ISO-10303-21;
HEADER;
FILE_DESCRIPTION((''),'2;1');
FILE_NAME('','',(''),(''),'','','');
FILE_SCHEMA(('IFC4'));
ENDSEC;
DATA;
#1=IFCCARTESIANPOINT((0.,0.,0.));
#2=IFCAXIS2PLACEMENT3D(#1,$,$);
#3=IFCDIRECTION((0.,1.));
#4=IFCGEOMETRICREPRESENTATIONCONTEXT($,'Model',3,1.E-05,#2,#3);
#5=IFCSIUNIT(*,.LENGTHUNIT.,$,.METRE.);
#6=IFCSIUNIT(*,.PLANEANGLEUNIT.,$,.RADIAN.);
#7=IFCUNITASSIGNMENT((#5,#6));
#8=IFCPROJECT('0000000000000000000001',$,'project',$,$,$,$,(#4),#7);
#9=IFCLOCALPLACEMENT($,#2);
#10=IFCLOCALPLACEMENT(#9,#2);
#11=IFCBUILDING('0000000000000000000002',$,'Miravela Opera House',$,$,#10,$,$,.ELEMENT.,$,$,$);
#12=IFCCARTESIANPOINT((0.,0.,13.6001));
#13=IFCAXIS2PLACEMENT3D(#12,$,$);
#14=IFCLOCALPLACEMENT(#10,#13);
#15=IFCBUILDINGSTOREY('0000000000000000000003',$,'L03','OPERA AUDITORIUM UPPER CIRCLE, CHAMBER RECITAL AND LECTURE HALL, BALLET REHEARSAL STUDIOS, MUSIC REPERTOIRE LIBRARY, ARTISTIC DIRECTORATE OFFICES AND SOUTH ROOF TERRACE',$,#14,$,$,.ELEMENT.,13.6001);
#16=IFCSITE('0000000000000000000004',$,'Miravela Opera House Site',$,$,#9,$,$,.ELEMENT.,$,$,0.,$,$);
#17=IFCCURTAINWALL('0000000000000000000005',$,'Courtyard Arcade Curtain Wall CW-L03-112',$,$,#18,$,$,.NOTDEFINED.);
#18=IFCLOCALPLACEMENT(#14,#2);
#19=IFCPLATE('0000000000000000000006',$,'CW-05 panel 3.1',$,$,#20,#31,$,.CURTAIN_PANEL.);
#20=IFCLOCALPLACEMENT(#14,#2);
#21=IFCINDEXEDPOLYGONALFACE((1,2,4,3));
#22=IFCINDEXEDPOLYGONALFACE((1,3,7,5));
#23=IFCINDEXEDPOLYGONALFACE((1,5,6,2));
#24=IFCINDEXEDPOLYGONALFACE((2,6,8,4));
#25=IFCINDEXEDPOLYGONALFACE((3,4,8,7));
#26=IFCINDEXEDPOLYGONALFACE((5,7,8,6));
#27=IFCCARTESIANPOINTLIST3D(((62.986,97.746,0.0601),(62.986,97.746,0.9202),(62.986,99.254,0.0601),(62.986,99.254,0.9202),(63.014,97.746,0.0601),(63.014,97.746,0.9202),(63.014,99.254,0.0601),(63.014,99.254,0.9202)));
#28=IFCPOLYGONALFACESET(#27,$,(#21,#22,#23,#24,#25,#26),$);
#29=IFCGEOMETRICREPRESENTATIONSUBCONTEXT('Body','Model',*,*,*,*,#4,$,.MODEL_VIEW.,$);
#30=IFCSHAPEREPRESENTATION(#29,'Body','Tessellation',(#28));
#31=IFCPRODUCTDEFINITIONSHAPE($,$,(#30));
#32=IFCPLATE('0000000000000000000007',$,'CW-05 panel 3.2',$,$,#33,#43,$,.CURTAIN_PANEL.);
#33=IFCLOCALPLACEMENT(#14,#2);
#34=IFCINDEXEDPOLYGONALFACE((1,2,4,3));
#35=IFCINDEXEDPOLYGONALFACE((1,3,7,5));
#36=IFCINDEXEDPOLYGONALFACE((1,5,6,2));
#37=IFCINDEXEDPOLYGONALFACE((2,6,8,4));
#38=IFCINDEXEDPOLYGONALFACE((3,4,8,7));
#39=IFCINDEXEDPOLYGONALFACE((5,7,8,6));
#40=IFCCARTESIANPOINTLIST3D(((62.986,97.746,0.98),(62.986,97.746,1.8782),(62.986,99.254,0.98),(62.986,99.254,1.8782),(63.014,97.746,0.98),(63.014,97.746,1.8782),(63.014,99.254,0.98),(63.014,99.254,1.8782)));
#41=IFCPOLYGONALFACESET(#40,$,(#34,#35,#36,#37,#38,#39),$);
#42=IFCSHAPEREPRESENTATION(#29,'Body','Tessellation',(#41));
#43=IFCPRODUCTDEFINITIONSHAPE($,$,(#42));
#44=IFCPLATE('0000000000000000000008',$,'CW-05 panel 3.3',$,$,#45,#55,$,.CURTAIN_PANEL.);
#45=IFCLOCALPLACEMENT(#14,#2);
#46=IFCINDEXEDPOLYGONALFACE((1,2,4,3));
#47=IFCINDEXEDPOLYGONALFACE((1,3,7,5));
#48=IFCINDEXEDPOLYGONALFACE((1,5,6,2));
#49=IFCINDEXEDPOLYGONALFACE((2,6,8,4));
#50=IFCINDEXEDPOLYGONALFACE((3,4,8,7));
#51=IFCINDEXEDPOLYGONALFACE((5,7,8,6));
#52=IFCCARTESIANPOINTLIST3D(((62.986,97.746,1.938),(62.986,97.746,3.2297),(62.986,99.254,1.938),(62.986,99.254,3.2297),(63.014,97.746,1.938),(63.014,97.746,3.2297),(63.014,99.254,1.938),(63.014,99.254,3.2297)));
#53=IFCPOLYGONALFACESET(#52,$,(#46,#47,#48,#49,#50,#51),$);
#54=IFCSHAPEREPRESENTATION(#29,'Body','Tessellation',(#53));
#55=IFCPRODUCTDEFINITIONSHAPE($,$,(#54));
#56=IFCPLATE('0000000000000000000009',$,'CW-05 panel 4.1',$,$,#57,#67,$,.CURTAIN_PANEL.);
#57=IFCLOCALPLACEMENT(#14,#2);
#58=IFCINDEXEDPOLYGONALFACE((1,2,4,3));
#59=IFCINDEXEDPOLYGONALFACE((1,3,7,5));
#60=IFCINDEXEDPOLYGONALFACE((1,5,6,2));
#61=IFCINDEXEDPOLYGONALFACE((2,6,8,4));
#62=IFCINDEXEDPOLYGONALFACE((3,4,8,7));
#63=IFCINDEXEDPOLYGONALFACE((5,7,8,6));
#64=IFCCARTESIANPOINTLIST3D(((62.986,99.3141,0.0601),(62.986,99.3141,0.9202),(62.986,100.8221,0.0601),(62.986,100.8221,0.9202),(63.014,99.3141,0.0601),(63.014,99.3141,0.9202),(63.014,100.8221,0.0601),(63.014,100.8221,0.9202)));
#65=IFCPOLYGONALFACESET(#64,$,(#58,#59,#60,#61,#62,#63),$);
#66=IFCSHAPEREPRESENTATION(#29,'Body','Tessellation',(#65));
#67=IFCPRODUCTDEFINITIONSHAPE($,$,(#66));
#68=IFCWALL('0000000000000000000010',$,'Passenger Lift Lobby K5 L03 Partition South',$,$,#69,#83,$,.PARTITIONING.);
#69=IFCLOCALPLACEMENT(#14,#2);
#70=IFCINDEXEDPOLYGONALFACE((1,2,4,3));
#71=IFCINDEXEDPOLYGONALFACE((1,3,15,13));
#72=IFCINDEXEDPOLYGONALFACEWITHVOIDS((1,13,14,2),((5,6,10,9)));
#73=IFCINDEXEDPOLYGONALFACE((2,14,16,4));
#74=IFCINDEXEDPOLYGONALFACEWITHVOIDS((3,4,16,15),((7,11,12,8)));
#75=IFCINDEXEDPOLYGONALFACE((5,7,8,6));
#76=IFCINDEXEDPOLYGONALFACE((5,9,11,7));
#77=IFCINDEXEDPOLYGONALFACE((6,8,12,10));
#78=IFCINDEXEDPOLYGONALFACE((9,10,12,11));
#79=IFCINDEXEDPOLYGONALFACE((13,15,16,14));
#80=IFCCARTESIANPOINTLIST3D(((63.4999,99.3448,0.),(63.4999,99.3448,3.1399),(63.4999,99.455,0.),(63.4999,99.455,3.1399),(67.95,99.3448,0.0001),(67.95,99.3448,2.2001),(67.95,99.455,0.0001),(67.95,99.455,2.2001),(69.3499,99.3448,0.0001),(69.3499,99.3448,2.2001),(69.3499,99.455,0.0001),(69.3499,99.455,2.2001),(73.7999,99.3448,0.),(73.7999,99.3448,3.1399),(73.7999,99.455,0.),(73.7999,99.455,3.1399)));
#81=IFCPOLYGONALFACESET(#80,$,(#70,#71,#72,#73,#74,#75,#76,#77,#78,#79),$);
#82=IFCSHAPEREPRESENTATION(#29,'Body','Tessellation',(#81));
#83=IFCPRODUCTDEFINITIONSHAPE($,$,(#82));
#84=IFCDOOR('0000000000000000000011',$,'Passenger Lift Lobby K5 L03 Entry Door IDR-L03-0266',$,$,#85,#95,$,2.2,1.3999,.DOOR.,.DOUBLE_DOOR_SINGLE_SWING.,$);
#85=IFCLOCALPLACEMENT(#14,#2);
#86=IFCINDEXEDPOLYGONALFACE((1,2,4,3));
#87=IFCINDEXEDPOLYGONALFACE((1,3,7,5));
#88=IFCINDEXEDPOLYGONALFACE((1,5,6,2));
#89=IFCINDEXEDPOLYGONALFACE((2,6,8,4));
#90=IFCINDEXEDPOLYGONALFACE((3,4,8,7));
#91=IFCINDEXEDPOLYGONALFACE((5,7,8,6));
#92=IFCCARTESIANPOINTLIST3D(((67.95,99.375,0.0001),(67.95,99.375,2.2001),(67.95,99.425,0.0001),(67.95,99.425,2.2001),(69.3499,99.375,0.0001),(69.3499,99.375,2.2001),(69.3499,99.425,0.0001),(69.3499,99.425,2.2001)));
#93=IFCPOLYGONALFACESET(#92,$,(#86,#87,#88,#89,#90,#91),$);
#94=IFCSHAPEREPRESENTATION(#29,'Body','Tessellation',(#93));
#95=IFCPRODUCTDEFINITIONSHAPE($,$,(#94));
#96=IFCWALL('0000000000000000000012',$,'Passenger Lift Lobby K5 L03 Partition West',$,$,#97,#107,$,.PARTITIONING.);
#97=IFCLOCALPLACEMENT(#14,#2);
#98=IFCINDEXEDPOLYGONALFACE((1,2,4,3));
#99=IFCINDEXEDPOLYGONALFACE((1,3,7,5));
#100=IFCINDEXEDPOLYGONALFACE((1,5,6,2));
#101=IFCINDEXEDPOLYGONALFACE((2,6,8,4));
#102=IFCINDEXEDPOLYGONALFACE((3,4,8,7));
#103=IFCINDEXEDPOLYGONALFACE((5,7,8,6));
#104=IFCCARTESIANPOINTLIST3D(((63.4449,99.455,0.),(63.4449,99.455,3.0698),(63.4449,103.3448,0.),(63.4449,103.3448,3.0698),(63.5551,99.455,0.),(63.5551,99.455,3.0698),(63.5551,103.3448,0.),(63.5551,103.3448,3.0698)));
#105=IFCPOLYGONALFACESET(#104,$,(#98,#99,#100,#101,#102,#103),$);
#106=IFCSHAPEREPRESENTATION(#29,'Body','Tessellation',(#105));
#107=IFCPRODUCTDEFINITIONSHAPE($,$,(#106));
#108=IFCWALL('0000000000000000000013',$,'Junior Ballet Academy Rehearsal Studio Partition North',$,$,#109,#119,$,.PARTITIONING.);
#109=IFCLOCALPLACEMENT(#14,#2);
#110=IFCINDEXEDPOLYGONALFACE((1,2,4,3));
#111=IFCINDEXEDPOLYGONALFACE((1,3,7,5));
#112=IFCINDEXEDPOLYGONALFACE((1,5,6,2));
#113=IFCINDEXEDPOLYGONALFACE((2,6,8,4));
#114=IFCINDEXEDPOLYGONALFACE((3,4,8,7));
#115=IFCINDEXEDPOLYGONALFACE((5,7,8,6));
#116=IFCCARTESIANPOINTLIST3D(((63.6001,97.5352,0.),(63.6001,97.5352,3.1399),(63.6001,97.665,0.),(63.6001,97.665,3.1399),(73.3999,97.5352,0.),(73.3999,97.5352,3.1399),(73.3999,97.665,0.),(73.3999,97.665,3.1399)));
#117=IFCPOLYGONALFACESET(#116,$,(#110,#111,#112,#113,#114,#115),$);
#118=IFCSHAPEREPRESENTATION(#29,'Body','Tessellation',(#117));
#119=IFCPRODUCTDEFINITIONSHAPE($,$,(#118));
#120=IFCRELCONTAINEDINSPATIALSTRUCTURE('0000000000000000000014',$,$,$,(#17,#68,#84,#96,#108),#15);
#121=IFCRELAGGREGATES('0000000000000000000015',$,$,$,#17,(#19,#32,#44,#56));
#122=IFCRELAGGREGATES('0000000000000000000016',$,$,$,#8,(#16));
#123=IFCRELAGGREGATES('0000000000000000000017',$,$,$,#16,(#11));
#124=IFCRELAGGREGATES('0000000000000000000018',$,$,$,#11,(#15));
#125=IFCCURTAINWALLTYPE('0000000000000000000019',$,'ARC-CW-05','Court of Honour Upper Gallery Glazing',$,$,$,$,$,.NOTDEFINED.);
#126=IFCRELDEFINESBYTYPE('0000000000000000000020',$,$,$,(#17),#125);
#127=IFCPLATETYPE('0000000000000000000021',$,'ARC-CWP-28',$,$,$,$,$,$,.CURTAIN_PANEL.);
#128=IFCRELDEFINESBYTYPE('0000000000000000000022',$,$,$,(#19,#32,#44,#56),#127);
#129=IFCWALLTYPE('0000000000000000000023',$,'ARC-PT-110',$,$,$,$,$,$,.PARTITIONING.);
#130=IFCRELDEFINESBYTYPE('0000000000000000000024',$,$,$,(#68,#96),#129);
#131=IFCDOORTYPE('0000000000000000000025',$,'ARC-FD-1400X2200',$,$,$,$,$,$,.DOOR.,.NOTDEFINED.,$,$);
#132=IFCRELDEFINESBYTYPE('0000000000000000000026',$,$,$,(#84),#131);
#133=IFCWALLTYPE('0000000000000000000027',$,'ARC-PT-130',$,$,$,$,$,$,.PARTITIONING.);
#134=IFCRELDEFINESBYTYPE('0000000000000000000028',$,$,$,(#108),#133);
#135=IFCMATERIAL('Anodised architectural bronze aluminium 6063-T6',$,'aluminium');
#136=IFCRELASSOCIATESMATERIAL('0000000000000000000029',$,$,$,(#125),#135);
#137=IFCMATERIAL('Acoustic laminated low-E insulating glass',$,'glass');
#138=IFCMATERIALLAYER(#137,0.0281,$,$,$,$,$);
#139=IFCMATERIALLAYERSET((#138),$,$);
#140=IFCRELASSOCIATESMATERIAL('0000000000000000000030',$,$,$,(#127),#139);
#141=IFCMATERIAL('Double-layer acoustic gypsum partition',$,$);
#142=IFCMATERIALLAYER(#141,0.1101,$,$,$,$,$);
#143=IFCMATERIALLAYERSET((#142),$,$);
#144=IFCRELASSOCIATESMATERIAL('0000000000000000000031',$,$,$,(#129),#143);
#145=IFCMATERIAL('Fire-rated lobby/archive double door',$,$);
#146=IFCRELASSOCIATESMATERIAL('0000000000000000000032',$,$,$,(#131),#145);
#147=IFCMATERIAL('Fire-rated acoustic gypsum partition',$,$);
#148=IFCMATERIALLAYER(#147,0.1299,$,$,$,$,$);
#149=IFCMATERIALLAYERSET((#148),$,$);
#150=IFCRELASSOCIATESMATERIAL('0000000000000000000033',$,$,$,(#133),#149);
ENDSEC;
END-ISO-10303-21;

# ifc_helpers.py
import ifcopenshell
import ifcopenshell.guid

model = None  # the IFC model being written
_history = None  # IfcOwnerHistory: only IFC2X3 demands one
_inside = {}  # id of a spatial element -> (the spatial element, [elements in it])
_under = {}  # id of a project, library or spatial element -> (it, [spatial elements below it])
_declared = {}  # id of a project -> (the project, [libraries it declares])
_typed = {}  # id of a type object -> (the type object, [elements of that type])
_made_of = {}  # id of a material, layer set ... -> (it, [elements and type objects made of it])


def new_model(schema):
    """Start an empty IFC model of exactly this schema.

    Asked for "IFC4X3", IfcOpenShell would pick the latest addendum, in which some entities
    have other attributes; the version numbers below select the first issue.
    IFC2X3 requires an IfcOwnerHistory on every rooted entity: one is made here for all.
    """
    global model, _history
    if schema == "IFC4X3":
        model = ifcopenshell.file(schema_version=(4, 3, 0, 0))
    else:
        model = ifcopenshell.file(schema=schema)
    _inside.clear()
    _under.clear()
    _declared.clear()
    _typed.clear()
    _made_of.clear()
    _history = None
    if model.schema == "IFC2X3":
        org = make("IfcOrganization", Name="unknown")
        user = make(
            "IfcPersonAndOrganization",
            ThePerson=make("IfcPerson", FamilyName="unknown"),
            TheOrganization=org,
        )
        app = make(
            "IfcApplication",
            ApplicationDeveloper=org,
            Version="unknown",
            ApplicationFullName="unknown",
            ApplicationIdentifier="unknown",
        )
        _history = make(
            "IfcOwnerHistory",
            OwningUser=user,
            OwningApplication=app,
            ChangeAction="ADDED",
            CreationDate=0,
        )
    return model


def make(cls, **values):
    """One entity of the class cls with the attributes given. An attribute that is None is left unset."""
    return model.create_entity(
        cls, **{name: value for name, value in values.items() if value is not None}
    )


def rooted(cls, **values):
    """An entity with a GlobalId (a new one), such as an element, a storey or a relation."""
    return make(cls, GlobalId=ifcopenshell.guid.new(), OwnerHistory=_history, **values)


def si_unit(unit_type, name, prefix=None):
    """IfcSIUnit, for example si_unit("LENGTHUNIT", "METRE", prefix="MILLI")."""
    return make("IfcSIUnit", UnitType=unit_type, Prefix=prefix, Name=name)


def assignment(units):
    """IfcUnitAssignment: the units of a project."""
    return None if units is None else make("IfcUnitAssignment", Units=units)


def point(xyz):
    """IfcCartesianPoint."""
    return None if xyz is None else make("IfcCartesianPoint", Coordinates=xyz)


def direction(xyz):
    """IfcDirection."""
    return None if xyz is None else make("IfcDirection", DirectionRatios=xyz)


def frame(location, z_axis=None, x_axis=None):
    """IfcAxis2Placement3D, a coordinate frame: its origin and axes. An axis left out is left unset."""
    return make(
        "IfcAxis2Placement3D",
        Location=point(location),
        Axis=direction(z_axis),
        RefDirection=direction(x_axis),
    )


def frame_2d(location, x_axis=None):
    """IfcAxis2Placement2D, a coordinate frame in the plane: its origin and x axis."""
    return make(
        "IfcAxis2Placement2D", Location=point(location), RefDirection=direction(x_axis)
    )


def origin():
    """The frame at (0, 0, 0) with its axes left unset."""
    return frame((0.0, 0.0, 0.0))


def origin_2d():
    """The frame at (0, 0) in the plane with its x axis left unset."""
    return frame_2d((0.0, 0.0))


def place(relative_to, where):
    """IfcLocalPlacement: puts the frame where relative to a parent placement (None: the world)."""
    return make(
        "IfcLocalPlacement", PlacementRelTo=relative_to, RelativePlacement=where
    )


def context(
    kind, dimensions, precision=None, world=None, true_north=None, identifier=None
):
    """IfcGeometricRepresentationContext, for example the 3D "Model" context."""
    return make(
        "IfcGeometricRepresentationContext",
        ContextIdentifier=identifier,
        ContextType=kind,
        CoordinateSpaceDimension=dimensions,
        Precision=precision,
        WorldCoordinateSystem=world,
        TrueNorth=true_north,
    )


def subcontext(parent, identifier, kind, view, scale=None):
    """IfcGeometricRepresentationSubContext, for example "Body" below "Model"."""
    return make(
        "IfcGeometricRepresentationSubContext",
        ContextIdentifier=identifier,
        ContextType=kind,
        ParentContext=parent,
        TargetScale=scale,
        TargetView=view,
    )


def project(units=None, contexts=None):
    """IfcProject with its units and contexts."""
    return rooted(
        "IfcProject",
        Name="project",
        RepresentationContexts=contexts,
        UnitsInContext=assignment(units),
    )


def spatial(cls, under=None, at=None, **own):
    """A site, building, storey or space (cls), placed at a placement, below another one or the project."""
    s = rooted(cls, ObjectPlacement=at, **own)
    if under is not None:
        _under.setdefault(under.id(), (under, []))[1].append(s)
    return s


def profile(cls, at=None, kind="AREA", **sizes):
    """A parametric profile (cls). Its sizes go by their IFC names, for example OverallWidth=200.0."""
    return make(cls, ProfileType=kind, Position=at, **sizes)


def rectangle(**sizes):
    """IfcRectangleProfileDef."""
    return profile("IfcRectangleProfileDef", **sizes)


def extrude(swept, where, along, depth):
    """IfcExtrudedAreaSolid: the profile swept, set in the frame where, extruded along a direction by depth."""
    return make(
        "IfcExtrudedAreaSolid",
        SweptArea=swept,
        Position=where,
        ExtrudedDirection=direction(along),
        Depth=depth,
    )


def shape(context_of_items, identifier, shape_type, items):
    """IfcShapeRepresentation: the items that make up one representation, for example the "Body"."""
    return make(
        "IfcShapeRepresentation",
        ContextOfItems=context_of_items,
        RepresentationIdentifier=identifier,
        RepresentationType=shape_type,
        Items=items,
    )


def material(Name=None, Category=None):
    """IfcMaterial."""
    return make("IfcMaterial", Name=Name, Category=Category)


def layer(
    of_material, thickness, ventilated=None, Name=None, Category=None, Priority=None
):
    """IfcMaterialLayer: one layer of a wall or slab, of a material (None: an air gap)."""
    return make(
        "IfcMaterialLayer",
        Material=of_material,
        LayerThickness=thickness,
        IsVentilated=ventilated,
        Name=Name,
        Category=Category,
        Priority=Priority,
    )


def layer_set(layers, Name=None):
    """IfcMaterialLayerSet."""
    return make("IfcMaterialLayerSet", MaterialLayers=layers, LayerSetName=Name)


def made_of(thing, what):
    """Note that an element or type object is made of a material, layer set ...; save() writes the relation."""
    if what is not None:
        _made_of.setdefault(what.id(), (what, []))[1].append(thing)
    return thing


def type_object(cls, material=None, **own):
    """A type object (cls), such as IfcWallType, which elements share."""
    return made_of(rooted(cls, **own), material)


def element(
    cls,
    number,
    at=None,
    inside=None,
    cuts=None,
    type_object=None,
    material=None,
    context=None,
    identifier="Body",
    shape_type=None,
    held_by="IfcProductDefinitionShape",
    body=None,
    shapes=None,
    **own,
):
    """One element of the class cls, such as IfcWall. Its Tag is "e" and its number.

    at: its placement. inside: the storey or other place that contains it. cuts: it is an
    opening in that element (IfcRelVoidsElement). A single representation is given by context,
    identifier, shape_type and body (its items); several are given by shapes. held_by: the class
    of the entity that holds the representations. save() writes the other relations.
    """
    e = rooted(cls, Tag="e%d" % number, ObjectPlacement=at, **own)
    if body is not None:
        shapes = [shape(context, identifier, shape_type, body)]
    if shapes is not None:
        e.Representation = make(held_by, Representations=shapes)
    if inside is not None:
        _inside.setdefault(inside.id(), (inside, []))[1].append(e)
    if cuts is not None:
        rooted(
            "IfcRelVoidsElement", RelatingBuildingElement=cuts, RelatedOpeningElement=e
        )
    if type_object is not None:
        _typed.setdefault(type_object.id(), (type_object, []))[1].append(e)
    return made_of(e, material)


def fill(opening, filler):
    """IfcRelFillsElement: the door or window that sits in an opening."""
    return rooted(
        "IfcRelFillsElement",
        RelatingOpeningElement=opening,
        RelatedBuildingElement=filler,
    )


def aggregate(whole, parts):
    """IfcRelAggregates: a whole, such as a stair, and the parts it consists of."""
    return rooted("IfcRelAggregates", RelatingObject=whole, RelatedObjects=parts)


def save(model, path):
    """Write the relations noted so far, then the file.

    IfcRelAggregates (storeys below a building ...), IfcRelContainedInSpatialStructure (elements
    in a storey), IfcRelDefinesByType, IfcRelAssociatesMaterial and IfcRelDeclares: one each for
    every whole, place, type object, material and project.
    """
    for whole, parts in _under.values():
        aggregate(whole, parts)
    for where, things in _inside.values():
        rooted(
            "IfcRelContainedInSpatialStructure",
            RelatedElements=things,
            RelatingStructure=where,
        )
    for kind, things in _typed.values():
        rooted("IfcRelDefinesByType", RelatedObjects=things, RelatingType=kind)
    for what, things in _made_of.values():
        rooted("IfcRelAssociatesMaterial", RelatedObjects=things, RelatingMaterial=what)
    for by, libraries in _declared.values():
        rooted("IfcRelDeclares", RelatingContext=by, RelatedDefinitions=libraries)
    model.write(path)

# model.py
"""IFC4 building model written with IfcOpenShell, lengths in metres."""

from ifc_helpers import new_model, si_unit, direction, frame, frame_2d, origin, origin_2d, place, context, subcontext, project, spatial, rectangle, extrude, material, layer, layer_set, type_object, element, fill, aggregate, save


model = new_model("IFC4")

# Units and contexts
model_context = context("Model", 3, precision=1e-05, world=origin(), true_north=direction((0.0, 1.0)))
body_context = subcontext(model_context, "Body", "Model", "MODEL_VIEW")
ifc_project = project(units=[si_unit("LENGTHUNIT", "METRE"), si_unit("PLANEANGLEUNIT", "RADIAN")], contexts=[model_context])

# Site, building, storey
site_placement = place(None, origin())
site = spatial("IfcSite", under=ifc_project, at=site_placement, Name="Miravela Opera House Site", CompositionType="ELEMENT", RefElevation=0.0)
building_placement = place(site_placement, origin())
building = spatial("IfcBuilding", under=site, at=building_placement, Name="Miravela Opera House", CompositionType="ELEMENT")
storey_placement = place(building_placement, frame((0.0, 0.0, 13.6001)))
storey = spatial("IfcBuildingStorey", under=building, at=storey_placement, Name="L03", Description="OPERA AUDITORIUM UPPER CIRCLE, CHAMBER RECITAL AND LECTURE HALL, BALLET REHEARSAL STUDIOS, MUSIC REPERTOIRE LIBRARY, ARTISTIC DIRECTORATE OFFICES AND SOUTH ROOF TERRACE", CompositionType="ELEMENT", Elevation=13.6001)

# Curtain wall
ifc_material_1 = material(Name="Anodised architectural bronze aluminium 6063-T6", Category="aluminium")
curtain_wall_type = type_object("IfcCurtainWallType", Name="ARC-CW-05", Description="Court of Honour Upper Gallery Glazing", PredefinedType="NOTDEFINED", material=ifc_material_1)
curtain_wall_placement = place(storey_placement, origin())
curtain_wall = element("IfcCurtainWall", 1, at=curtain_wall_placement, inside=storey, type_object=curtain_wall_type, Name="Courtyard Arcade Curtain Wall CW-L03-112", PredefinedType="NOTDEFINED")

# Plates
ifc_material_2 = material(Name="Acoustic laminated low-E insulating glass", Category="glass")
ifc_layer_1 = layer(ifc_material_2, 0.0281)
ifc_layer_set_1 = layer_set([ifc_layer_1])
plate_type = type_object("IfcPlateType", Name="ARC-CWP-28", PredefinedType="CURTAIN_PANEL", material=ifc_layer_set_1)
plate_1_placement = place(storey_placement, frame((63.0, 98.5, 0.0601), z_axis=(0.0, 0.0, 1.0), x_axis=(0.0, 1.0, 0.0)))
plate_1 = element("IfcPlate", 2, at=plate_1_placement, type_object=plate_type, Name="CW-05 panel 3.1", PredefinedType="CURTAIN_PANEL", context=body_context, shape_type="SweptSolid", body=[
    extrude(rectangle(XDim=1.5081, YDim=0.0281, at=origin_2d()), origin(), (0.0, 0.0, 1.0), 0.8601),
])
plate_2_placement = place(storey_placement, frame((63.0, 98.5, 0.98), z_axis=(0.0, 0.0, 1.0), x_axis=(0.0, 1.0, 0.0)))
plate_2 = element("IfcPlate", 3, at=plate_2_placement, type_object=plate_type, Name="CW-05 panel 3.2", PredefinedType="CURTAIN_PANEL", context=body_context, shape_type="SweptSolid", body=[
    extrude(rectangle(XDim=1.5081, YDim=0.0281, at=origin_2d()), origin(), (0.0, 0.0, 1.0), 0.8982),
])
plate_3_placement = place(storey_placement, frame((63.0, 98.5, 1.938), z_axis=(0.0, 0.0, 1.0), x_axis=(0.0, 1.0, 0.0)))
plate_3 = element("IfcPlate", 4, at=plate_3_placement, type_object=plate_type, Name="CW-05 panel 3.3", PredefinedType="CURTAIN_PANEL", context=body_context, shape_type="SweptSolid", body=[
    extrude(rectangle(XDim=1.5081, YDim=0.0281, at=origin_2d()), origin(), (0.0, 0.0, 1.0), 1.2917),
])
plate_4_placement = place(storey_placement, frame((63.0, 100.0681, 0.0601), z_axis=(0.0, 0.0, 1.0), x_axis=(0.0, 1.0, 0.0)))
plate_4 = element("IfcPlate", 5, at=plate_4_placement, type_object=plate_type, Name="CW-05 panel 4.1", PredefinedType="CURTAIN_PANEL", context=body_context, shape_type="SweptSolid", body=[
    extrude(rectangle(XDim=1.5081, YDim=0.0281, at=origin_2d()), origin(), (0.0, 0.0, 1.0), 0.8601),
])
aggregate(curtain_wall, [plate_1, plate_2, plate_3, plate_4])

# Wall, opening, door
ifc_material_3 = material(Name="Double-layer acoustic gypsum partition")
ifc_layer_2 = layer(ifc_material_3, 0.1101)
ifc_layer_set_2 = layer_set([ifc_layer_2])
wall_type_1 = type_object("IfcWallType", Name="ARC-PT-110", PredefinedType="PARTITIONING", material=ifc_layer_set_2)
wall_1_placement = place(storey_placement, frame((63.5, 99.3999, 0.0), z_axis=(0.0, 0.0, 1.0), x_axis=(1.0, 0.0, 0.0)))
wall_1 = element("IfcWall", 6, at=wall_1_placement, inside=storey, type_object=wall_type_1, Name="Passenger Lift Lobby K5 L03 Partition South", PredefinedType="PARTITIONING", context=body_context, shape_type="SweptSolid", body=[
    extrude(rectangle(XDim=10.3, YDim=0.1101, at=frame_2d((5.1499, 0.0))), origin(), (0.0, 0.0, 1.0), 3.1399),
])
opening_placement = place(wall_1_placement, frame((4.45, 0.0, 0.0)))
opening = element("IfcOpeningElement", 7, at=opening_placement, cuts=wall_1, PredefinedType="OPENING", context=body_context, shape_type="SweptSolid", body=[
    extrude(rectangle(XDim=1.3999, YDim=2.2, at=frame_2d((0.7, 1.1001))), frame((0.0, 0.0649, 0.0), z_axis=(0.0, -1.0, 0.0), x_axis=(1.0, 0.0, 0.0)), (0.0, 0.0, 1.0), 0.1301),
])
ifc_material_4 = material(Name="Fire-rated lobby/archive double door")
door_type = type_object("IfcDoorType", Name="ARC-FD-1400X2200", OperationType="NOTDEFINED", PredefinedType="DOOR", material=ifc_material_4)
door_placement = place(opening_placement, frame((1.3999, 0.0, 0.0), z_axis=(0.0, 0.0, 1.0), x_axis=(-1.0, 0.0, 0.0)))
door = element("IfcDoor", 8, at=door_placement, inside=storey, type_object=door_type, Name="Passenger Lift Lobby K5 L03 Entry Door IDR-L03-0266", OperationType="DOUBLE_DOOR_SINGLE_SWING", OverallHeight=2.2, OverallWidth=1.3999, PredefinedType="DOOR", context=body_context, shape_type="SweptSolid", body=[
    extrude(rectangle(XDim=1.3999, YDim=2.2, at=frame_2d((0.7, 1.1001))), frame((0.0, 0.0249, 0.0), z_axis=(0.0, -1.0, 0.0), x_axis=(1.0, 0.0, 0.0)), (0.0, 0.0, 1.0), 0.05),
])
fill(opening, door)

# Walls
wall_2_placement = place(storey_placement, frame((63.5, 99.4551, 0.0), z_axis=(0.0, 0.0, 1.0), x_axis=(0.0, 1.0, 0.0)))
element("IfcWall", 9, at=wall_2_placement, inside=storey, type_object=wall_type_1, Name="Passenger Lift Lobby K5 L03 Partition West", PredefinedType="PARTITIONING", context=body_context, shape_type="SweptSolid", body=[
    extrude(rectangle(XDim=3.8899, YDim=0.1101, at=frame_2d((1.9448, 0.0))), origin(), (0.0, 0.0, 1.0), 3.0698),
])
ifc_material_5 = material(Name="Fire-rated acoustic gypsum partition")
ifc_layer_3 = layer(ifc_material_5, 0.1299)
ifc_layer_set_3 = layer_set([ifc_layer_3])
wall_type_2 = type_object("IfcWallType", Name="ARC-PT-130", PredefinedType="PARTITIONING", material=ifc_layer_set_3)
wall_3_placement = place(storey_placement, frame((63.6001, 97.6001, 0.0), z_axis=(0.0, 0.0, 1.0), x_axis=(1.0, 0.0, 0.0)))
element("IfcWall", 10, at=wall_3_placement, inside=storey, type_object=wall_type_2, Name="Junior Ballet Academy Rehearsal Studio Partition North", PredefinedType="PARTITIONING", context=body_context, shape_type="SweptSolid", body=[
    extrude(rectangle(XDim=9.7998, YDim=0.1299, at=frame_2d((4.8999, 0.0))), origin(), (0.0, 0.0, 1.0), 3.1399),
])

save(model, "model.ifc")
